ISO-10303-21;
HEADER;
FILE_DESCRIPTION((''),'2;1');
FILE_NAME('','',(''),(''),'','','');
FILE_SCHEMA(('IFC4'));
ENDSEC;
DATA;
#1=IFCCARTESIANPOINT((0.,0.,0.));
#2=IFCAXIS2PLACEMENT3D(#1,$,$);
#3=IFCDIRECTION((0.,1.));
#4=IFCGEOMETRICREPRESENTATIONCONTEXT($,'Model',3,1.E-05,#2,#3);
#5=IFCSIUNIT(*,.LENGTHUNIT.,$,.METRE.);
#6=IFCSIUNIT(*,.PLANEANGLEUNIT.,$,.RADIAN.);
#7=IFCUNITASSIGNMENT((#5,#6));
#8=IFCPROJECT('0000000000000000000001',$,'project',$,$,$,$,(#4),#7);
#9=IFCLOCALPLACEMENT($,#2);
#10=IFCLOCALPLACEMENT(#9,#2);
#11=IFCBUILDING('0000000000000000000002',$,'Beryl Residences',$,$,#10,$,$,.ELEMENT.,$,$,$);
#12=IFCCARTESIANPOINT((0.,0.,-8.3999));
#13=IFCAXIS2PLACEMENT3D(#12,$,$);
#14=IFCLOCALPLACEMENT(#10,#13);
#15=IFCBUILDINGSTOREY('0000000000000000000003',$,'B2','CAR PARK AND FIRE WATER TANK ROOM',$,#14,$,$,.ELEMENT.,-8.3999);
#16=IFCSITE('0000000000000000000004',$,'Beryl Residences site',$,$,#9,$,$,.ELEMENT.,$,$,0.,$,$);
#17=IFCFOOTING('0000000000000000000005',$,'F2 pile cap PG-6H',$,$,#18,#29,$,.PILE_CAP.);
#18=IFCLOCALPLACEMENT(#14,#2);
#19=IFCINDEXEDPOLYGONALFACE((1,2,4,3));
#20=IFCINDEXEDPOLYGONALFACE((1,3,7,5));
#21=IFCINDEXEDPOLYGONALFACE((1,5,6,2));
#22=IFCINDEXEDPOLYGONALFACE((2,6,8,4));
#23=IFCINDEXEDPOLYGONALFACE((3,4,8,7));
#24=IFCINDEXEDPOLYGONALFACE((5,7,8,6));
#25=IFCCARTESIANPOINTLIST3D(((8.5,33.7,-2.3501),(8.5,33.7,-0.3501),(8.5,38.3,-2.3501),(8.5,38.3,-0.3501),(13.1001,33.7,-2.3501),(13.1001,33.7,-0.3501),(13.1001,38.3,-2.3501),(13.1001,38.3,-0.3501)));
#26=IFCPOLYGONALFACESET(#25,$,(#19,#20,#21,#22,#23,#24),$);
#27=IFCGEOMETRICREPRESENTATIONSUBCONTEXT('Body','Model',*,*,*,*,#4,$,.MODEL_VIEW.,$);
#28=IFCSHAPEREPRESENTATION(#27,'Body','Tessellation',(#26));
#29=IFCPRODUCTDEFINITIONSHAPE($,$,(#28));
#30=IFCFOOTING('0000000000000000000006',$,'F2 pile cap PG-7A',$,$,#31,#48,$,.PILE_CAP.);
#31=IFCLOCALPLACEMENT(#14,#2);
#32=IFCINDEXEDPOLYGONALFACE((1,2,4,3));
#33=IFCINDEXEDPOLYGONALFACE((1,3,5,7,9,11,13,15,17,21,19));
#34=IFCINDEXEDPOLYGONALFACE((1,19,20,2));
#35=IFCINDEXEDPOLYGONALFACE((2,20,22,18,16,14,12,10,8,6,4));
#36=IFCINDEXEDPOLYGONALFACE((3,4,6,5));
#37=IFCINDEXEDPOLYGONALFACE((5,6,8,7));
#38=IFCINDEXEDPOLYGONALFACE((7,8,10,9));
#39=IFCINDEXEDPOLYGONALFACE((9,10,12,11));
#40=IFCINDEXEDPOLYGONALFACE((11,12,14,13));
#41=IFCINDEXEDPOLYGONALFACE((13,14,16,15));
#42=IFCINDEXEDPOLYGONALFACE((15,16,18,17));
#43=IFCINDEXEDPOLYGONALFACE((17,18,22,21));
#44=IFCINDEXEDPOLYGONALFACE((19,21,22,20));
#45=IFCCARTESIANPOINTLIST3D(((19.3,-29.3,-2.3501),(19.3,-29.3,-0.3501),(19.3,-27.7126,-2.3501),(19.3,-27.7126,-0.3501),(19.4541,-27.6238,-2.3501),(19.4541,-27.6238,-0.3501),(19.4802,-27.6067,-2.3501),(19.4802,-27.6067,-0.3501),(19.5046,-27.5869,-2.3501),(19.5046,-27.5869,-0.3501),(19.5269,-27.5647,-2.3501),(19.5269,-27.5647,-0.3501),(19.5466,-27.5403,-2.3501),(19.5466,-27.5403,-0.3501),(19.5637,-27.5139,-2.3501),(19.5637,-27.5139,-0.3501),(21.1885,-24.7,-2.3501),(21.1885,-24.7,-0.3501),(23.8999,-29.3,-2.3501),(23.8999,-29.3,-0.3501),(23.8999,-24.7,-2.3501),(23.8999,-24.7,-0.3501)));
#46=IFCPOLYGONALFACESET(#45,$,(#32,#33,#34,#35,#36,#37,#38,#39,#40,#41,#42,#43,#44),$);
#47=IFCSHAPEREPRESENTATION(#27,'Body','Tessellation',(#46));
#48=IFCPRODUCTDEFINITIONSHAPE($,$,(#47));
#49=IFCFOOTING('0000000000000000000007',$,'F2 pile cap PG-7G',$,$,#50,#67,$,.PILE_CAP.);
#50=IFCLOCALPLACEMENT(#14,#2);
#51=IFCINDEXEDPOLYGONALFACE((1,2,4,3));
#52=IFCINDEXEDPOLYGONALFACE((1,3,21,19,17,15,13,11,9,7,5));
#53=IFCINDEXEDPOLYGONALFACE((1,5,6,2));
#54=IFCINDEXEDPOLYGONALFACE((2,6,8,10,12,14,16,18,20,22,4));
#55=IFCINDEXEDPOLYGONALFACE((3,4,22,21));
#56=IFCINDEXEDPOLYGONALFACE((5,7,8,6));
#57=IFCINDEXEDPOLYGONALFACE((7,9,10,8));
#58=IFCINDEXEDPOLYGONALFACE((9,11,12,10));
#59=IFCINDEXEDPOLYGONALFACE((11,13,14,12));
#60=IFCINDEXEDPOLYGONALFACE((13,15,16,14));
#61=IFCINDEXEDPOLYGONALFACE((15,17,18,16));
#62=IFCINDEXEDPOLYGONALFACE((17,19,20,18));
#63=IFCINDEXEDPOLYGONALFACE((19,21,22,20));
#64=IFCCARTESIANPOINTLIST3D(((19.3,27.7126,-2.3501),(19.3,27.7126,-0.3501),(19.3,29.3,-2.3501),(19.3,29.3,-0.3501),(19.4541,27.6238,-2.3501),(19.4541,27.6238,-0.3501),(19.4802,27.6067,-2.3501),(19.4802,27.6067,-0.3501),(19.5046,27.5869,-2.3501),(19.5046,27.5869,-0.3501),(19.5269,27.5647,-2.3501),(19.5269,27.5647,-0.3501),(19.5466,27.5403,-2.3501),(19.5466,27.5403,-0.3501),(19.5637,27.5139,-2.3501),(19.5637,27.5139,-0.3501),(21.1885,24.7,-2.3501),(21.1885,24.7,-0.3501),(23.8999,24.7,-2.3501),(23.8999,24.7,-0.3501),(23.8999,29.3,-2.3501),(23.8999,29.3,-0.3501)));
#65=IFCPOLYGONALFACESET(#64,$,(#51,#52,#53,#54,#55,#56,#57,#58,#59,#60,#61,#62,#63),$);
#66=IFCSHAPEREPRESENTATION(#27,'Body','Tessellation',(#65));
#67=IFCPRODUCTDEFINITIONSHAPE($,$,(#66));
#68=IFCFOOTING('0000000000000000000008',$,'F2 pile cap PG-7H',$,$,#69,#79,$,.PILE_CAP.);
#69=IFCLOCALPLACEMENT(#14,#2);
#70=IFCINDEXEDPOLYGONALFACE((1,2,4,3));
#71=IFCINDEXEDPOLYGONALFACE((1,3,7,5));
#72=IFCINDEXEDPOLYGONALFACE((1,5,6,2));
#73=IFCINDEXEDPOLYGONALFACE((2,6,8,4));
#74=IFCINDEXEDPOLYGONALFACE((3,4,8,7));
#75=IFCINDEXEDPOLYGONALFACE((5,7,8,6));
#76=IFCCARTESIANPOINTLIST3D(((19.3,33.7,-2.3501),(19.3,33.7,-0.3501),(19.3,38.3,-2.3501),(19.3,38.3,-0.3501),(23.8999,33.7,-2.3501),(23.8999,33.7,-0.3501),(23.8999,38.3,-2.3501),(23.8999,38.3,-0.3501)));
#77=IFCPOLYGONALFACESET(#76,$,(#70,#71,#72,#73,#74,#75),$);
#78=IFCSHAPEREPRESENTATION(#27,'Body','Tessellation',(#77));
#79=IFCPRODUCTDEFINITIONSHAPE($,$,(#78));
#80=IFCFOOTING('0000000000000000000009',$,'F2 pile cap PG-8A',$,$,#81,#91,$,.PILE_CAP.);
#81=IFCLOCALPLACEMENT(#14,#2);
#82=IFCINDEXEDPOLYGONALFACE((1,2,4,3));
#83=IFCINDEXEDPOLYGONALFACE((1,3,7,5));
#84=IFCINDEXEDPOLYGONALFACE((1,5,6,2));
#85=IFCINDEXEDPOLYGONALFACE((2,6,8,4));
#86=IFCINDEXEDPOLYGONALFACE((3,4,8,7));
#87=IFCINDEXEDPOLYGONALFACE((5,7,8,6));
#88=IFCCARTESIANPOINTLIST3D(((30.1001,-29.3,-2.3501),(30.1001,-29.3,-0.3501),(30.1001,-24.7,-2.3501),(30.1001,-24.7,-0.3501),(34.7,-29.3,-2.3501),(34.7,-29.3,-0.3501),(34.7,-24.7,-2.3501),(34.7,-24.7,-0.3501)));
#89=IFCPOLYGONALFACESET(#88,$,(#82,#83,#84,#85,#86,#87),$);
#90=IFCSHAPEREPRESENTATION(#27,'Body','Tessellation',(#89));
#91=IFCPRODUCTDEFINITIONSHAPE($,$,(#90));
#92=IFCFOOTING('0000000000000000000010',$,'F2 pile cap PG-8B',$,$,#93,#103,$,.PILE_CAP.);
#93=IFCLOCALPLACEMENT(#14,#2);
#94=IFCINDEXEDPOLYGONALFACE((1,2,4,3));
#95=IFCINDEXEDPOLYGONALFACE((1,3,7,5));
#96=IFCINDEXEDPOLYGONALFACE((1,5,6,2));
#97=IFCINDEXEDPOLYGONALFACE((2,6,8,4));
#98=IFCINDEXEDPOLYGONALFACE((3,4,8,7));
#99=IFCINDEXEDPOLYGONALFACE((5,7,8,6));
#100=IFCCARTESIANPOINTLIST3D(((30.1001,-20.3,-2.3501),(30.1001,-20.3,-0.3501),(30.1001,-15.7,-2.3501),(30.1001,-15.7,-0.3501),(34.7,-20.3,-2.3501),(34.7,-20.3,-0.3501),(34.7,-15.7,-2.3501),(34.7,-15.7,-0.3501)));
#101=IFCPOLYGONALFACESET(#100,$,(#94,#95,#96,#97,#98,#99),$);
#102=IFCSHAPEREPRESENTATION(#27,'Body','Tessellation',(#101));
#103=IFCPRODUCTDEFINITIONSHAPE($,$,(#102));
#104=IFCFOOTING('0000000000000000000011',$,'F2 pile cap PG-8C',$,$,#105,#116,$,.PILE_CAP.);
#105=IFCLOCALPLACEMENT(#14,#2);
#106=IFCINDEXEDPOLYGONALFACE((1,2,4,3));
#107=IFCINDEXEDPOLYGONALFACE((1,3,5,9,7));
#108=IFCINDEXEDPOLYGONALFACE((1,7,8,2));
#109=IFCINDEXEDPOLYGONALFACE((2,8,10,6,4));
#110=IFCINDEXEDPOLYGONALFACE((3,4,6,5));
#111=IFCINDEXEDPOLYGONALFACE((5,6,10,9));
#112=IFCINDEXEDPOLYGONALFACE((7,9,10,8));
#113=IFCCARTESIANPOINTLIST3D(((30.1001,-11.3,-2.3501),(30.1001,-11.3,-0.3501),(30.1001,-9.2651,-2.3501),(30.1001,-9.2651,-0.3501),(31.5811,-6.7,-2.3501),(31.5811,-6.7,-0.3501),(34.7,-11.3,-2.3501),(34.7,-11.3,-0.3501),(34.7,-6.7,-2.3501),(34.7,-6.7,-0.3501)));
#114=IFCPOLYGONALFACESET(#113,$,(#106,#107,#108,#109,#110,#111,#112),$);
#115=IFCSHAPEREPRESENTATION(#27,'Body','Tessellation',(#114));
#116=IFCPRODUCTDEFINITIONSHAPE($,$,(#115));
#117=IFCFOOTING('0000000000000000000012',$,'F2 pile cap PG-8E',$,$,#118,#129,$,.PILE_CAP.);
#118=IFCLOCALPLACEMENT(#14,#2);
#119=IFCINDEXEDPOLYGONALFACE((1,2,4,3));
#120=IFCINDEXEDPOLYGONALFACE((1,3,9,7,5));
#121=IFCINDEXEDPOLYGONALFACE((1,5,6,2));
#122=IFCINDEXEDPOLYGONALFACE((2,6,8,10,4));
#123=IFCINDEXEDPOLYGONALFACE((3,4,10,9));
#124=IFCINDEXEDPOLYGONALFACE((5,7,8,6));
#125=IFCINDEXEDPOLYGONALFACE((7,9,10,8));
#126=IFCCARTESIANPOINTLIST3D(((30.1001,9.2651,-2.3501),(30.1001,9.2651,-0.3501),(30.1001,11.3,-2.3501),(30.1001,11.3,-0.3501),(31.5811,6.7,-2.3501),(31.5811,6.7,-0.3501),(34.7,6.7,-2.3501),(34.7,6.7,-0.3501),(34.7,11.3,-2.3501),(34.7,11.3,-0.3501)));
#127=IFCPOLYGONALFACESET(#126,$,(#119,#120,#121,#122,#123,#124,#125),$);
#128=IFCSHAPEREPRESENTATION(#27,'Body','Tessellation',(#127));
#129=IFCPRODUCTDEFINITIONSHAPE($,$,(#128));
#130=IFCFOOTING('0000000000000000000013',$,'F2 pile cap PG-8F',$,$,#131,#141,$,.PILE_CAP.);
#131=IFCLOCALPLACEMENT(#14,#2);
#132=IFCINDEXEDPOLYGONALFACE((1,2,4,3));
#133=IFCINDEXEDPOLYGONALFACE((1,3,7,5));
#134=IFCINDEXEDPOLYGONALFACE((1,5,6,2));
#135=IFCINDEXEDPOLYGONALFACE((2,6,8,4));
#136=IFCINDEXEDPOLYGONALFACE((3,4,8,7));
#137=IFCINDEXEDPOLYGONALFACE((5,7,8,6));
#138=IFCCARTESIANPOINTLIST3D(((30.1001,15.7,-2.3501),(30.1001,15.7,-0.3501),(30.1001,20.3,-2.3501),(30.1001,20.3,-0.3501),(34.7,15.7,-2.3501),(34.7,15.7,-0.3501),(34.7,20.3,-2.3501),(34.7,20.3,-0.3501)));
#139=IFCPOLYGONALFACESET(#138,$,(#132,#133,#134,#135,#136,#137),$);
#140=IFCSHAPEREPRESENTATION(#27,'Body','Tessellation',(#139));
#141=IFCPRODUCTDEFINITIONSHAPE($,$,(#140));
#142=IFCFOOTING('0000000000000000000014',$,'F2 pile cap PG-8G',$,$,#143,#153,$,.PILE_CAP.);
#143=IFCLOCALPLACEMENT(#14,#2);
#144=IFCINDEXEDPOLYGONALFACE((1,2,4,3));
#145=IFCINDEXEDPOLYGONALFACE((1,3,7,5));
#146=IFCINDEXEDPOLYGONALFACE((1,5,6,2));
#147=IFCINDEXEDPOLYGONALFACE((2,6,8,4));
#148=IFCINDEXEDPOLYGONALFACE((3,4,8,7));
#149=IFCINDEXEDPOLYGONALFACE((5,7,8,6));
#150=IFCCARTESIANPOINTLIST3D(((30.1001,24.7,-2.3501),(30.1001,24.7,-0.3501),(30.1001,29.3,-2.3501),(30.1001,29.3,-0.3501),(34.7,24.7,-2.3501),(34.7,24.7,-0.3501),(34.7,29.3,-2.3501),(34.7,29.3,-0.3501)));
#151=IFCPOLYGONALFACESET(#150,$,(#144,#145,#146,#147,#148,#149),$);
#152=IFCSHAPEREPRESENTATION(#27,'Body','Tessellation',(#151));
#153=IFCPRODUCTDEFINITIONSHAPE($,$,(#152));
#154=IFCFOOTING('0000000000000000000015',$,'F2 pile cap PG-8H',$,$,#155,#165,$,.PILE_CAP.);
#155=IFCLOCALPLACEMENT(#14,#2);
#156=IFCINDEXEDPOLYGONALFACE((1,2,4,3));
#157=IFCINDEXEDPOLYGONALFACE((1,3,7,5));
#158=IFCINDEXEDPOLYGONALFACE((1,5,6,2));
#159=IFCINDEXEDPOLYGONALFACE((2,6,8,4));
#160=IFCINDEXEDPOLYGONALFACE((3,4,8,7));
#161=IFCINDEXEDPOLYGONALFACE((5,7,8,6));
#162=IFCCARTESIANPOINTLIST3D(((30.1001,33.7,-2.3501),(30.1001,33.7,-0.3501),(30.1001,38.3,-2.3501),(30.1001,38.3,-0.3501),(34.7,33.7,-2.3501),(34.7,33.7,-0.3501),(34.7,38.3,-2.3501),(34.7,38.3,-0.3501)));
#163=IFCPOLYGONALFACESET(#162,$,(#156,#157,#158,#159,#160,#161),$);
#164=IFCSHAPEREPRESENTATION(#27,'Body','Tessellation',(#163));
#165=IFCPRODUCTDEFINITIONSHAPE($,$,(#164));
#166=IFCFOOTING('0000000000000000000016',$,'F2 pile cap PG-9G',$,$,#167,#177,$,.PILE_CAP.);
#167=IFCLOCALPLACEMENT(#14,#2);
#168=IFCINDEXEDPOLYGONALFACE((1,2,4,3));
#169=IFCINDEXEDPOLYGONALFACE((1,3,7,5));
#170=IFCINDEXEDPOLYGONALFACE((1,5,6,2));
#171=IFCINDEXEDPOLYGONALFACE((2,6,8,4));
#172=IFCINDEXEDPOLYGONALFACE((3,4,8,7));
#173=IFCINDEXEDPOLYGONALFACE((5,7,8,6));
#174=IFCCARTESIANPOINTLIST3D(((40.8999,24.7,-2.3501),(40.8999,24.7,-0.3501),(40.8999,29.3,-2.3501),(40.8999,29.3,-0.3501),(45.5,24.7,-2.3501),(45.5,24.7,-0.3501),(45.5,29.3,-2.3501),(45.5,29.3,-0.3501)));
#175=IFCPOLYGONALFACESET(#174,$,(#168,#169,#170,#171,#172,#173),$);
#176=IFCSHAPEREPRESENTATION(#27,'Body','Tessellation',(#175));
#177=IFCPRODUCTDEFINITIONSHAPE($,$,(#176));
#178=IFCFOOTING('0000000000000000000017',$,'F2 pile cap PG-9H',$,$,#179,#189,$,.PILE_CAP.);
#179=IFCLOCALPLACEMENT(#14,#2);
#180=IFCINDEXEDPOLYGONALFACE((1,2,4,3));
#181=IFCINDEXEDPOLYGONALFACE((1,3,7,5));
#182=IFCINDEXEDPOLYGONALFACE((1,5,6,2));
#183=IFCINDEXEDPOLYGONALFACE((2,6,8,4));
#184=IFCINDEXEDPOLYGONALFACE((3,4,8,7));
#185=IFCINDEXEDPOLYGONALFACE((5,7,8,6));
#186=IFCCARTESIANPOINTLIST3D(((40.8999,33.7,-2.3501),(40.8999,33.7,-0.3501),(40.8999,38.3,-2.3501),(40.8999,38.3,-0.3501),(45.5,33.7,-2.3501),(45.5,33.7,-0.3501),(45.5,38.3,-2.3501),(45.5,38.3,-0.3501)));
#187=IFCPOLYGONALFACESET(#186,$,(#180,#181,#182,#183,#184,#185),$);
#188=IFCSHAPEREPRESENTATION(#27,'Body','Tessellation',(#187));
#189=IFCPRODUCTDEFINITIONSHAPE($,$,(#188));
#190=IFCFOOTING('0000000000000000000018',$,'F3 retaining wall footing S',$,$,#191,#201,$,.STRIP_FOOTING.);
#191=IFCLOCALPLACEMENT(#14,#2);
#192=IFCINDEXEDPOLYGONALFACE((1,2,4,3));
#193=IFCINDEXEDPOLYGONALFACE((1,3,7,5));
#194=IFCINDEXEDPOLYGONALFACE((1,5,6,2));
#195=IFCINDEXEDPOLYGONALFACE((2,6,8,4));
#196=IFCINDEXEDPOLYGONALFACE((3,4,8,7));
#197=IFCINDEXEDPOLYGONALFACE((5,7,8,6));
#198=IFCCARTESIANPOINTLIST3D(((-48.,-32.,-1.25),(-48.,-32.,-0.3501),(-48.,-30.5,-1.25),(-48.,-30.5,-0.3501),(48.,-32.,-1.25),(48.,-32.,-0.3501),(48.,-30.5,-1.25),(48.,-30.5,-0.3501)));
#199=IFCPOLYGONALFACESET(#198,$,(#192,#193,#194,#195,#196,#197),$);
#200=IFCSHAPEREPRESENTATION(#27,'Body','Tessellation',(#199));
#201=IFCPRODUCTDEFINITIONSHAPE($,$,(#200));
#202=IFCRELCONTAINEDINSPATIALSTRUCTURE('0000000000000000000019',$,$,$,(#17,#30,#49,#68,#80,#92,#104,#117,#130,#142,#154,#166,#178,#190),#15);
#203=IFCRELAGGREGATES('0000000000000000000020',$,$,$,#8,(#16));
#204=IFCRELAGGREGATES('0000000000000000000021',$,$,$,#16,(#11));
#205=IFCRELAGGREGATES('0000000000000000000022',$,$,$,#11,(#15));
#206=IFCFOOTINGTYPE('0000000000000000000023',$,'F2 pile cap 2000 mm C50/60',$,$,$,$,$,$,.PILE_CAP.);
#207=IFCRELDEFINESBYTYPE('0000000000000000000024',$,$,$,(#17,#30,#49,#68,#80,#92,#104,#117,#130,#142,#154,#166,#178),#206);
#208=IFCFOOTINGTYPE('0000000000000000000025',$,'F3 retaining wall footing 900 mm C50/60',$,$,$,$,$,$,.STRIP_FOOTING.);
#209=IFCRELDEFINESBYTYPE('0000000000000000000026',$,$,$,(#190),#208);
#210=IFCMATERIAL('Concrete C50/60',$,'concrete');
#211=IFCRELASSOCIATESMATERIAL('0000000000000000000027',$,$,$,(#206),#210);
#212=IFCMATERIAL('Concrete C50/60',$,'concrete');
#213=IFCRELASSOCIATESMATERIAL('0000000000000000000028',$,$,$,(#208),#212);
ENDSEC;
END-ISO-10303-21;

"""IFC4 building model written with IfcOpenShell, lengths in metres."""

from ifc_helpers import new_model, si_unit, direction, frame, origin, place, context, subcontext, project, spatial, polyline, outline, extrude, material, type_object, element, save


model = new_model("IFC4")

# Units and contexts
model_context = context("Model", 3, precision=1e-05, world=origin(), true_north=direction((0.0, 1.0)))
body_context = subcontext(model_context, "Body", "Model", "MODEL_VIEW")
ifc_project = project(units=[si_unit("LENGTHUNIT", "METRE"), si_unit("PLANEANGLEUNIT", "RADIAN")], contexts=[model_context])

# Site, building, storey
site_placement = place(None, origin())
site = spatial("IfcSite", under=ifc_project, at=site_placement, Name="Beryl Residences site", CompositionType="ELEMENT", RefElevation=0.0)
building_placement = place(site_placement, origin())
building = spatial("IfcBuilding", under=site, at=building_placement, Name="Beryl Residences", CompositionType="ELEMENT")
storey_placement = place(building_placement, frame((0.0, 0.0, -8.3999)))
storey = spatial("IfcBuildingStorey", under=building, at=storey_placement, Name="B2", Description="CAR PARK AND FIRE WATER TANK ROOM", CompositionType="ELEMENT", Elevation=-8.3999)

# Footings
ifc_material_1 = material(Name="Concrete C50/60", Category="concrete")
footing_type_1 = type_object("IfcFootingType", Name="F2 pile cap 2000 mm C50/60", PredefinedType="PILE_CAP", material=ifc_material_1)
footing_1_placement = place(storey_placement, frame((0.0, 0.0, -2.3501)))
element("IfcFooting", 1, at=footing_1_placement, inside=storey, type_object=footing_type_1, Name="F2 pile cap PG-6H", PredefinedType="PILE_CAP", context=body_context, shape_type="SweptSolid", body=[
    extrude(outline(polyline([(8.5, 33.7), (8.5, 38.3), (13.1001, 38.3), (13.1001, 33.7), (8.5, 33.7)])), origin(), (0.0, 0.0, 1.0), 2.0),
])
footing_2_placement = place(storey_placement, frame((0.0, 0.0, -2.3501)))
element("IfcFooting", 2, at=footing_2_placement, inside=storey, type_object=footing_type_1, Name="F2 pile cap PG-7A", PredefinedType="PILE_CAP", context=body_context, shape_type="SweptSolid", body=[
    extrude(outline(polyline([(23.8999, -24.7), (23.8999, -29.3), (19.3, -29.3), (19.3, -27.7126), (19.4541, -27.6238), (19.4802, -27.6067), (19.5046, -27.5869), (19.5269, -27.5647), (19.5466, -27.5403), (19.5637, -27.5139), (21.1885, -24.7), (23.8999, -24.7)])), origin(), (0.0, 0.0, 1.0), 2.0),
])
footing_3_placement = place(storey_placement, frame((0.0, 0.0, -2.3501)))
element("IfcFooting", 3, at=footing_3_placement, inside=storey, type_object=footing_type_1, Name="F2 pile cap PG-7G", PredefinedType="PILE_CAP", context=body_context, shape_type="SweptSolid", body=[
    extrude(outline(polyline([(19.3, 29.3), (23.8999, 29.3), (23.8999, 24.7), (21.1885, 24.7), (19.5637, 27.5139), (19.5466, 27.5403), (19.5269, 27.5647), (19.5046, 27.5869), (19.4802, 27.6067), (19.4541, 27.6238), (19.3, 27.7126), (19.3, 29.3)])), origin(), (0.0, 0.0, 1.0), 2.0),
])
footing_4_placement = place(storey_placement, frame((0.0, 0.0, -2.3501)))
element("IfcFooting", 4, at=footing_4_placement, inside=storey, type_object=footing_type_1, Name="F2 pile cap PG-7H", PredefinedType="PILE_CAP", context=body_context, shape_type="SweptSolid", body=[
    extrude(outline(polyline([(19.3, 33.7), (19.3, 38.3), (23.8999, 38.3), (23.8999, 33.7), (19.3, 33.7)])), origin(), (0.0, 0.0, 1.0), 2.0),
])
footing_5_placement = place(storey_placement, frame((0.0, 0.0, -2.3501)))
element("IfcFooting", 5, at=footing_5_placement, inside=storey, type_object=footing_type_1, Name="F2 pile cap PG-8A", PredefinedType="PILE_CAP", context=body_context, shape_type="SweptSolid", body=[
    extrude(outline(polyline([(30.1001, -29.3), (30.1001, -24.7), (34.7, -24.7), (34.7, -29.3), (30.1001, -29.3)])), origin(), (0.0, 0.0, 1.0), 2.0),
])
footing_6_placement = place(storey_placement, frame((0.0, 0.0, -2.3501)))
element("IfcFooting", 6, at=footing_6_placement, inside=storey, type_object=footing_type_1, Name="F2 pile cap PG-8B", PredefinedType="PILE_CAP", context=body_context, shape_type="SweptSolid", body=[
    extrude(outline(polyline([(30.1001, -20.3), (30.1001, -15.7), (34.7, -15.7), (34.7, -20.3), (30.1001, -20.3)])), origin(), (0.0, 0.0, 1.0), 2.0),
])
footing_7_placement = place(storey_placement, frame((0.0, 0.0, -2.3501)))
element("IfcFooting", 7, at=footing_7_placement, inside=storey, type_object=footing_type_1, Name="F2 pile cap PG-8C", PredefinedType="PILE_CAP", context=body_context, shape_type="SweptSolid", body=[
    extrude(outline(polyline([(34.7, -6.7), (34.7, -11.3), (30.1001, -11.3), (30.1001, -9.2651), (31.5811, -6.7), (34.7, -6.7)])), origin(), (0.0, 0.0, 1.0), 2.0),
])
footing_8_placement = place(storey_placement, frame((0.0, 0.0, -2.3501)))
element("IfcFooting", 8, at=footing_8_placement, inside=storey, type_object=footing_type_1, Name="F2 pile cap PG-8E", PredefinedType="PILE_CAP", context=body_context, shape_type="SweptSolid", body=[
    extrude(outline(polyline([(30.1001, 11.3), (34.7, 11.3), (34.7, 6.7), (31.5811, 6.7), (30.1001, 9.2651), (30.1001, 11.3)])), origin(), (0.0, 0.0, 1.0), 2.0),
])
footing_9_placement = place(storey_placement, frame((0.0, 0.0, -2.3501)))
element("IfcFooting", 9, at=footing_9_placement, inside=storey, type_object=footing_type_1, Name="F2 pile cap PG-8F", PredefinedType="PILE_CAP", context=body_context, shape_type="SweptSolid", body=[
    extrude(outline(polyline([(30.1001, 15.7), (30.1001, 20.3), (34.7, 20.3), (34.7, 15.7), (30.1001, 15.7)])), origin(), (0.0, 0.0, 1.0), 2.0),
])
footing_10_placement = place(storey_placement, frame((0.0, 0.0, -2.3501)))
element("IfcFooting", 10, at=footing_10_placement, inside=storey, type_object=footing_type_1, Name="F2 pile cap PG-8G", PredefinedType="PILE_CAP", context=body_context, shape_type="SweptSolid", body=[
    extrude(outline(polyline([(30.1001, 24.7), (30.1001, 29.3), (34.7, 29.3), (34.7, 24.7), (30.1001, 24.7)])), origin(), (0.0, 0.0, 1.0), 2.0),
])
footing_11_placement = place(storey_placement, frame((0.0, 0.0, -2.3501)))
element("IfcFooting", 11, at=footing_11_placement, inside=storey, type_object=footing_type_1, Name="F2 pile cap PG-8H", PredefinedType="PILE_CAP", context=body_context, shape_type="SweptSolid", body=[
    extrude(outline(polyline([(30.1001, 33.7), (30.1001, 38.3), (34.7, 38.3), (34.7, 33.7), (30.1001, 33.7)])), origin(), (0.0, 0.0, 1.0), 2.0),
])
footing_12_placement = place(storey_placement, frame((0.0, 0.0, -2.3501)))
element("IfcFooting", 12, at=footing_12_placement, inside=storey, type_object=footing_type_1, Name="F2 pile cap PG-9G", PredefinedType="PILE_CAP", context=body_context, shape_type="SweptSolid", body=[
    extrude(outline(polyline([(40.8999, 24.7), (40.8999, 29.3), (45.5, 29.3), (45.5, 24.7), (40.8999, 24.7)])), origin(), (0.0, 0.0, 1.0), 2.0),
])
footing_13_placement = place(storey_placement, frame((0.0, 0.0, -2.3501)))
element("IfcFooting", 13, at=footing_13_placement, inside=storey, type_object=footing_type_1, Name="F2 pile cap PG-9H", PredefinedType="PILE_CAP", context=body_context, shape_type="SweptSolid", body=[
    extrude(outline(polyline([(40.8999, 33.7), (40.8999, 38.3), (45.5, 38.3), (45.5, 33.7), (40.8999, 33.7)])), origin(), (0.0, 0.0, 1.0), 2.0),
])
ifc_material_2 = material(Name="Concrete C50/60", Category="concrete")
footing_type_2 = type_object("IfcFootingType", Name="F3 retaining wall footing 900 mm C50/60", PredefinedType="STRIP_FOOTING", material=ifc_material_2)
footing_14_placement = place(storey_placement, frame((0.0, 0.0, -1.25)))
element("IfcFooting", 14, at=footing_14_placement, inside=storey, type_object=footing_type_2, Name="F3 retaining wall footing S", PredefinedType="STRIP_FOOTING", context=body_context, shape_type="SweptSolid", body=[
    extrude(outline(polyline([(48.0, -32.0), (48.0, -30.5), (-48.0, -30.5), (-48.0, -32.0), (48.0, -32.0)])), origin(), (0.0, 0.0, 1.0), 0.8999),
])

save(model, "model.ifc")
